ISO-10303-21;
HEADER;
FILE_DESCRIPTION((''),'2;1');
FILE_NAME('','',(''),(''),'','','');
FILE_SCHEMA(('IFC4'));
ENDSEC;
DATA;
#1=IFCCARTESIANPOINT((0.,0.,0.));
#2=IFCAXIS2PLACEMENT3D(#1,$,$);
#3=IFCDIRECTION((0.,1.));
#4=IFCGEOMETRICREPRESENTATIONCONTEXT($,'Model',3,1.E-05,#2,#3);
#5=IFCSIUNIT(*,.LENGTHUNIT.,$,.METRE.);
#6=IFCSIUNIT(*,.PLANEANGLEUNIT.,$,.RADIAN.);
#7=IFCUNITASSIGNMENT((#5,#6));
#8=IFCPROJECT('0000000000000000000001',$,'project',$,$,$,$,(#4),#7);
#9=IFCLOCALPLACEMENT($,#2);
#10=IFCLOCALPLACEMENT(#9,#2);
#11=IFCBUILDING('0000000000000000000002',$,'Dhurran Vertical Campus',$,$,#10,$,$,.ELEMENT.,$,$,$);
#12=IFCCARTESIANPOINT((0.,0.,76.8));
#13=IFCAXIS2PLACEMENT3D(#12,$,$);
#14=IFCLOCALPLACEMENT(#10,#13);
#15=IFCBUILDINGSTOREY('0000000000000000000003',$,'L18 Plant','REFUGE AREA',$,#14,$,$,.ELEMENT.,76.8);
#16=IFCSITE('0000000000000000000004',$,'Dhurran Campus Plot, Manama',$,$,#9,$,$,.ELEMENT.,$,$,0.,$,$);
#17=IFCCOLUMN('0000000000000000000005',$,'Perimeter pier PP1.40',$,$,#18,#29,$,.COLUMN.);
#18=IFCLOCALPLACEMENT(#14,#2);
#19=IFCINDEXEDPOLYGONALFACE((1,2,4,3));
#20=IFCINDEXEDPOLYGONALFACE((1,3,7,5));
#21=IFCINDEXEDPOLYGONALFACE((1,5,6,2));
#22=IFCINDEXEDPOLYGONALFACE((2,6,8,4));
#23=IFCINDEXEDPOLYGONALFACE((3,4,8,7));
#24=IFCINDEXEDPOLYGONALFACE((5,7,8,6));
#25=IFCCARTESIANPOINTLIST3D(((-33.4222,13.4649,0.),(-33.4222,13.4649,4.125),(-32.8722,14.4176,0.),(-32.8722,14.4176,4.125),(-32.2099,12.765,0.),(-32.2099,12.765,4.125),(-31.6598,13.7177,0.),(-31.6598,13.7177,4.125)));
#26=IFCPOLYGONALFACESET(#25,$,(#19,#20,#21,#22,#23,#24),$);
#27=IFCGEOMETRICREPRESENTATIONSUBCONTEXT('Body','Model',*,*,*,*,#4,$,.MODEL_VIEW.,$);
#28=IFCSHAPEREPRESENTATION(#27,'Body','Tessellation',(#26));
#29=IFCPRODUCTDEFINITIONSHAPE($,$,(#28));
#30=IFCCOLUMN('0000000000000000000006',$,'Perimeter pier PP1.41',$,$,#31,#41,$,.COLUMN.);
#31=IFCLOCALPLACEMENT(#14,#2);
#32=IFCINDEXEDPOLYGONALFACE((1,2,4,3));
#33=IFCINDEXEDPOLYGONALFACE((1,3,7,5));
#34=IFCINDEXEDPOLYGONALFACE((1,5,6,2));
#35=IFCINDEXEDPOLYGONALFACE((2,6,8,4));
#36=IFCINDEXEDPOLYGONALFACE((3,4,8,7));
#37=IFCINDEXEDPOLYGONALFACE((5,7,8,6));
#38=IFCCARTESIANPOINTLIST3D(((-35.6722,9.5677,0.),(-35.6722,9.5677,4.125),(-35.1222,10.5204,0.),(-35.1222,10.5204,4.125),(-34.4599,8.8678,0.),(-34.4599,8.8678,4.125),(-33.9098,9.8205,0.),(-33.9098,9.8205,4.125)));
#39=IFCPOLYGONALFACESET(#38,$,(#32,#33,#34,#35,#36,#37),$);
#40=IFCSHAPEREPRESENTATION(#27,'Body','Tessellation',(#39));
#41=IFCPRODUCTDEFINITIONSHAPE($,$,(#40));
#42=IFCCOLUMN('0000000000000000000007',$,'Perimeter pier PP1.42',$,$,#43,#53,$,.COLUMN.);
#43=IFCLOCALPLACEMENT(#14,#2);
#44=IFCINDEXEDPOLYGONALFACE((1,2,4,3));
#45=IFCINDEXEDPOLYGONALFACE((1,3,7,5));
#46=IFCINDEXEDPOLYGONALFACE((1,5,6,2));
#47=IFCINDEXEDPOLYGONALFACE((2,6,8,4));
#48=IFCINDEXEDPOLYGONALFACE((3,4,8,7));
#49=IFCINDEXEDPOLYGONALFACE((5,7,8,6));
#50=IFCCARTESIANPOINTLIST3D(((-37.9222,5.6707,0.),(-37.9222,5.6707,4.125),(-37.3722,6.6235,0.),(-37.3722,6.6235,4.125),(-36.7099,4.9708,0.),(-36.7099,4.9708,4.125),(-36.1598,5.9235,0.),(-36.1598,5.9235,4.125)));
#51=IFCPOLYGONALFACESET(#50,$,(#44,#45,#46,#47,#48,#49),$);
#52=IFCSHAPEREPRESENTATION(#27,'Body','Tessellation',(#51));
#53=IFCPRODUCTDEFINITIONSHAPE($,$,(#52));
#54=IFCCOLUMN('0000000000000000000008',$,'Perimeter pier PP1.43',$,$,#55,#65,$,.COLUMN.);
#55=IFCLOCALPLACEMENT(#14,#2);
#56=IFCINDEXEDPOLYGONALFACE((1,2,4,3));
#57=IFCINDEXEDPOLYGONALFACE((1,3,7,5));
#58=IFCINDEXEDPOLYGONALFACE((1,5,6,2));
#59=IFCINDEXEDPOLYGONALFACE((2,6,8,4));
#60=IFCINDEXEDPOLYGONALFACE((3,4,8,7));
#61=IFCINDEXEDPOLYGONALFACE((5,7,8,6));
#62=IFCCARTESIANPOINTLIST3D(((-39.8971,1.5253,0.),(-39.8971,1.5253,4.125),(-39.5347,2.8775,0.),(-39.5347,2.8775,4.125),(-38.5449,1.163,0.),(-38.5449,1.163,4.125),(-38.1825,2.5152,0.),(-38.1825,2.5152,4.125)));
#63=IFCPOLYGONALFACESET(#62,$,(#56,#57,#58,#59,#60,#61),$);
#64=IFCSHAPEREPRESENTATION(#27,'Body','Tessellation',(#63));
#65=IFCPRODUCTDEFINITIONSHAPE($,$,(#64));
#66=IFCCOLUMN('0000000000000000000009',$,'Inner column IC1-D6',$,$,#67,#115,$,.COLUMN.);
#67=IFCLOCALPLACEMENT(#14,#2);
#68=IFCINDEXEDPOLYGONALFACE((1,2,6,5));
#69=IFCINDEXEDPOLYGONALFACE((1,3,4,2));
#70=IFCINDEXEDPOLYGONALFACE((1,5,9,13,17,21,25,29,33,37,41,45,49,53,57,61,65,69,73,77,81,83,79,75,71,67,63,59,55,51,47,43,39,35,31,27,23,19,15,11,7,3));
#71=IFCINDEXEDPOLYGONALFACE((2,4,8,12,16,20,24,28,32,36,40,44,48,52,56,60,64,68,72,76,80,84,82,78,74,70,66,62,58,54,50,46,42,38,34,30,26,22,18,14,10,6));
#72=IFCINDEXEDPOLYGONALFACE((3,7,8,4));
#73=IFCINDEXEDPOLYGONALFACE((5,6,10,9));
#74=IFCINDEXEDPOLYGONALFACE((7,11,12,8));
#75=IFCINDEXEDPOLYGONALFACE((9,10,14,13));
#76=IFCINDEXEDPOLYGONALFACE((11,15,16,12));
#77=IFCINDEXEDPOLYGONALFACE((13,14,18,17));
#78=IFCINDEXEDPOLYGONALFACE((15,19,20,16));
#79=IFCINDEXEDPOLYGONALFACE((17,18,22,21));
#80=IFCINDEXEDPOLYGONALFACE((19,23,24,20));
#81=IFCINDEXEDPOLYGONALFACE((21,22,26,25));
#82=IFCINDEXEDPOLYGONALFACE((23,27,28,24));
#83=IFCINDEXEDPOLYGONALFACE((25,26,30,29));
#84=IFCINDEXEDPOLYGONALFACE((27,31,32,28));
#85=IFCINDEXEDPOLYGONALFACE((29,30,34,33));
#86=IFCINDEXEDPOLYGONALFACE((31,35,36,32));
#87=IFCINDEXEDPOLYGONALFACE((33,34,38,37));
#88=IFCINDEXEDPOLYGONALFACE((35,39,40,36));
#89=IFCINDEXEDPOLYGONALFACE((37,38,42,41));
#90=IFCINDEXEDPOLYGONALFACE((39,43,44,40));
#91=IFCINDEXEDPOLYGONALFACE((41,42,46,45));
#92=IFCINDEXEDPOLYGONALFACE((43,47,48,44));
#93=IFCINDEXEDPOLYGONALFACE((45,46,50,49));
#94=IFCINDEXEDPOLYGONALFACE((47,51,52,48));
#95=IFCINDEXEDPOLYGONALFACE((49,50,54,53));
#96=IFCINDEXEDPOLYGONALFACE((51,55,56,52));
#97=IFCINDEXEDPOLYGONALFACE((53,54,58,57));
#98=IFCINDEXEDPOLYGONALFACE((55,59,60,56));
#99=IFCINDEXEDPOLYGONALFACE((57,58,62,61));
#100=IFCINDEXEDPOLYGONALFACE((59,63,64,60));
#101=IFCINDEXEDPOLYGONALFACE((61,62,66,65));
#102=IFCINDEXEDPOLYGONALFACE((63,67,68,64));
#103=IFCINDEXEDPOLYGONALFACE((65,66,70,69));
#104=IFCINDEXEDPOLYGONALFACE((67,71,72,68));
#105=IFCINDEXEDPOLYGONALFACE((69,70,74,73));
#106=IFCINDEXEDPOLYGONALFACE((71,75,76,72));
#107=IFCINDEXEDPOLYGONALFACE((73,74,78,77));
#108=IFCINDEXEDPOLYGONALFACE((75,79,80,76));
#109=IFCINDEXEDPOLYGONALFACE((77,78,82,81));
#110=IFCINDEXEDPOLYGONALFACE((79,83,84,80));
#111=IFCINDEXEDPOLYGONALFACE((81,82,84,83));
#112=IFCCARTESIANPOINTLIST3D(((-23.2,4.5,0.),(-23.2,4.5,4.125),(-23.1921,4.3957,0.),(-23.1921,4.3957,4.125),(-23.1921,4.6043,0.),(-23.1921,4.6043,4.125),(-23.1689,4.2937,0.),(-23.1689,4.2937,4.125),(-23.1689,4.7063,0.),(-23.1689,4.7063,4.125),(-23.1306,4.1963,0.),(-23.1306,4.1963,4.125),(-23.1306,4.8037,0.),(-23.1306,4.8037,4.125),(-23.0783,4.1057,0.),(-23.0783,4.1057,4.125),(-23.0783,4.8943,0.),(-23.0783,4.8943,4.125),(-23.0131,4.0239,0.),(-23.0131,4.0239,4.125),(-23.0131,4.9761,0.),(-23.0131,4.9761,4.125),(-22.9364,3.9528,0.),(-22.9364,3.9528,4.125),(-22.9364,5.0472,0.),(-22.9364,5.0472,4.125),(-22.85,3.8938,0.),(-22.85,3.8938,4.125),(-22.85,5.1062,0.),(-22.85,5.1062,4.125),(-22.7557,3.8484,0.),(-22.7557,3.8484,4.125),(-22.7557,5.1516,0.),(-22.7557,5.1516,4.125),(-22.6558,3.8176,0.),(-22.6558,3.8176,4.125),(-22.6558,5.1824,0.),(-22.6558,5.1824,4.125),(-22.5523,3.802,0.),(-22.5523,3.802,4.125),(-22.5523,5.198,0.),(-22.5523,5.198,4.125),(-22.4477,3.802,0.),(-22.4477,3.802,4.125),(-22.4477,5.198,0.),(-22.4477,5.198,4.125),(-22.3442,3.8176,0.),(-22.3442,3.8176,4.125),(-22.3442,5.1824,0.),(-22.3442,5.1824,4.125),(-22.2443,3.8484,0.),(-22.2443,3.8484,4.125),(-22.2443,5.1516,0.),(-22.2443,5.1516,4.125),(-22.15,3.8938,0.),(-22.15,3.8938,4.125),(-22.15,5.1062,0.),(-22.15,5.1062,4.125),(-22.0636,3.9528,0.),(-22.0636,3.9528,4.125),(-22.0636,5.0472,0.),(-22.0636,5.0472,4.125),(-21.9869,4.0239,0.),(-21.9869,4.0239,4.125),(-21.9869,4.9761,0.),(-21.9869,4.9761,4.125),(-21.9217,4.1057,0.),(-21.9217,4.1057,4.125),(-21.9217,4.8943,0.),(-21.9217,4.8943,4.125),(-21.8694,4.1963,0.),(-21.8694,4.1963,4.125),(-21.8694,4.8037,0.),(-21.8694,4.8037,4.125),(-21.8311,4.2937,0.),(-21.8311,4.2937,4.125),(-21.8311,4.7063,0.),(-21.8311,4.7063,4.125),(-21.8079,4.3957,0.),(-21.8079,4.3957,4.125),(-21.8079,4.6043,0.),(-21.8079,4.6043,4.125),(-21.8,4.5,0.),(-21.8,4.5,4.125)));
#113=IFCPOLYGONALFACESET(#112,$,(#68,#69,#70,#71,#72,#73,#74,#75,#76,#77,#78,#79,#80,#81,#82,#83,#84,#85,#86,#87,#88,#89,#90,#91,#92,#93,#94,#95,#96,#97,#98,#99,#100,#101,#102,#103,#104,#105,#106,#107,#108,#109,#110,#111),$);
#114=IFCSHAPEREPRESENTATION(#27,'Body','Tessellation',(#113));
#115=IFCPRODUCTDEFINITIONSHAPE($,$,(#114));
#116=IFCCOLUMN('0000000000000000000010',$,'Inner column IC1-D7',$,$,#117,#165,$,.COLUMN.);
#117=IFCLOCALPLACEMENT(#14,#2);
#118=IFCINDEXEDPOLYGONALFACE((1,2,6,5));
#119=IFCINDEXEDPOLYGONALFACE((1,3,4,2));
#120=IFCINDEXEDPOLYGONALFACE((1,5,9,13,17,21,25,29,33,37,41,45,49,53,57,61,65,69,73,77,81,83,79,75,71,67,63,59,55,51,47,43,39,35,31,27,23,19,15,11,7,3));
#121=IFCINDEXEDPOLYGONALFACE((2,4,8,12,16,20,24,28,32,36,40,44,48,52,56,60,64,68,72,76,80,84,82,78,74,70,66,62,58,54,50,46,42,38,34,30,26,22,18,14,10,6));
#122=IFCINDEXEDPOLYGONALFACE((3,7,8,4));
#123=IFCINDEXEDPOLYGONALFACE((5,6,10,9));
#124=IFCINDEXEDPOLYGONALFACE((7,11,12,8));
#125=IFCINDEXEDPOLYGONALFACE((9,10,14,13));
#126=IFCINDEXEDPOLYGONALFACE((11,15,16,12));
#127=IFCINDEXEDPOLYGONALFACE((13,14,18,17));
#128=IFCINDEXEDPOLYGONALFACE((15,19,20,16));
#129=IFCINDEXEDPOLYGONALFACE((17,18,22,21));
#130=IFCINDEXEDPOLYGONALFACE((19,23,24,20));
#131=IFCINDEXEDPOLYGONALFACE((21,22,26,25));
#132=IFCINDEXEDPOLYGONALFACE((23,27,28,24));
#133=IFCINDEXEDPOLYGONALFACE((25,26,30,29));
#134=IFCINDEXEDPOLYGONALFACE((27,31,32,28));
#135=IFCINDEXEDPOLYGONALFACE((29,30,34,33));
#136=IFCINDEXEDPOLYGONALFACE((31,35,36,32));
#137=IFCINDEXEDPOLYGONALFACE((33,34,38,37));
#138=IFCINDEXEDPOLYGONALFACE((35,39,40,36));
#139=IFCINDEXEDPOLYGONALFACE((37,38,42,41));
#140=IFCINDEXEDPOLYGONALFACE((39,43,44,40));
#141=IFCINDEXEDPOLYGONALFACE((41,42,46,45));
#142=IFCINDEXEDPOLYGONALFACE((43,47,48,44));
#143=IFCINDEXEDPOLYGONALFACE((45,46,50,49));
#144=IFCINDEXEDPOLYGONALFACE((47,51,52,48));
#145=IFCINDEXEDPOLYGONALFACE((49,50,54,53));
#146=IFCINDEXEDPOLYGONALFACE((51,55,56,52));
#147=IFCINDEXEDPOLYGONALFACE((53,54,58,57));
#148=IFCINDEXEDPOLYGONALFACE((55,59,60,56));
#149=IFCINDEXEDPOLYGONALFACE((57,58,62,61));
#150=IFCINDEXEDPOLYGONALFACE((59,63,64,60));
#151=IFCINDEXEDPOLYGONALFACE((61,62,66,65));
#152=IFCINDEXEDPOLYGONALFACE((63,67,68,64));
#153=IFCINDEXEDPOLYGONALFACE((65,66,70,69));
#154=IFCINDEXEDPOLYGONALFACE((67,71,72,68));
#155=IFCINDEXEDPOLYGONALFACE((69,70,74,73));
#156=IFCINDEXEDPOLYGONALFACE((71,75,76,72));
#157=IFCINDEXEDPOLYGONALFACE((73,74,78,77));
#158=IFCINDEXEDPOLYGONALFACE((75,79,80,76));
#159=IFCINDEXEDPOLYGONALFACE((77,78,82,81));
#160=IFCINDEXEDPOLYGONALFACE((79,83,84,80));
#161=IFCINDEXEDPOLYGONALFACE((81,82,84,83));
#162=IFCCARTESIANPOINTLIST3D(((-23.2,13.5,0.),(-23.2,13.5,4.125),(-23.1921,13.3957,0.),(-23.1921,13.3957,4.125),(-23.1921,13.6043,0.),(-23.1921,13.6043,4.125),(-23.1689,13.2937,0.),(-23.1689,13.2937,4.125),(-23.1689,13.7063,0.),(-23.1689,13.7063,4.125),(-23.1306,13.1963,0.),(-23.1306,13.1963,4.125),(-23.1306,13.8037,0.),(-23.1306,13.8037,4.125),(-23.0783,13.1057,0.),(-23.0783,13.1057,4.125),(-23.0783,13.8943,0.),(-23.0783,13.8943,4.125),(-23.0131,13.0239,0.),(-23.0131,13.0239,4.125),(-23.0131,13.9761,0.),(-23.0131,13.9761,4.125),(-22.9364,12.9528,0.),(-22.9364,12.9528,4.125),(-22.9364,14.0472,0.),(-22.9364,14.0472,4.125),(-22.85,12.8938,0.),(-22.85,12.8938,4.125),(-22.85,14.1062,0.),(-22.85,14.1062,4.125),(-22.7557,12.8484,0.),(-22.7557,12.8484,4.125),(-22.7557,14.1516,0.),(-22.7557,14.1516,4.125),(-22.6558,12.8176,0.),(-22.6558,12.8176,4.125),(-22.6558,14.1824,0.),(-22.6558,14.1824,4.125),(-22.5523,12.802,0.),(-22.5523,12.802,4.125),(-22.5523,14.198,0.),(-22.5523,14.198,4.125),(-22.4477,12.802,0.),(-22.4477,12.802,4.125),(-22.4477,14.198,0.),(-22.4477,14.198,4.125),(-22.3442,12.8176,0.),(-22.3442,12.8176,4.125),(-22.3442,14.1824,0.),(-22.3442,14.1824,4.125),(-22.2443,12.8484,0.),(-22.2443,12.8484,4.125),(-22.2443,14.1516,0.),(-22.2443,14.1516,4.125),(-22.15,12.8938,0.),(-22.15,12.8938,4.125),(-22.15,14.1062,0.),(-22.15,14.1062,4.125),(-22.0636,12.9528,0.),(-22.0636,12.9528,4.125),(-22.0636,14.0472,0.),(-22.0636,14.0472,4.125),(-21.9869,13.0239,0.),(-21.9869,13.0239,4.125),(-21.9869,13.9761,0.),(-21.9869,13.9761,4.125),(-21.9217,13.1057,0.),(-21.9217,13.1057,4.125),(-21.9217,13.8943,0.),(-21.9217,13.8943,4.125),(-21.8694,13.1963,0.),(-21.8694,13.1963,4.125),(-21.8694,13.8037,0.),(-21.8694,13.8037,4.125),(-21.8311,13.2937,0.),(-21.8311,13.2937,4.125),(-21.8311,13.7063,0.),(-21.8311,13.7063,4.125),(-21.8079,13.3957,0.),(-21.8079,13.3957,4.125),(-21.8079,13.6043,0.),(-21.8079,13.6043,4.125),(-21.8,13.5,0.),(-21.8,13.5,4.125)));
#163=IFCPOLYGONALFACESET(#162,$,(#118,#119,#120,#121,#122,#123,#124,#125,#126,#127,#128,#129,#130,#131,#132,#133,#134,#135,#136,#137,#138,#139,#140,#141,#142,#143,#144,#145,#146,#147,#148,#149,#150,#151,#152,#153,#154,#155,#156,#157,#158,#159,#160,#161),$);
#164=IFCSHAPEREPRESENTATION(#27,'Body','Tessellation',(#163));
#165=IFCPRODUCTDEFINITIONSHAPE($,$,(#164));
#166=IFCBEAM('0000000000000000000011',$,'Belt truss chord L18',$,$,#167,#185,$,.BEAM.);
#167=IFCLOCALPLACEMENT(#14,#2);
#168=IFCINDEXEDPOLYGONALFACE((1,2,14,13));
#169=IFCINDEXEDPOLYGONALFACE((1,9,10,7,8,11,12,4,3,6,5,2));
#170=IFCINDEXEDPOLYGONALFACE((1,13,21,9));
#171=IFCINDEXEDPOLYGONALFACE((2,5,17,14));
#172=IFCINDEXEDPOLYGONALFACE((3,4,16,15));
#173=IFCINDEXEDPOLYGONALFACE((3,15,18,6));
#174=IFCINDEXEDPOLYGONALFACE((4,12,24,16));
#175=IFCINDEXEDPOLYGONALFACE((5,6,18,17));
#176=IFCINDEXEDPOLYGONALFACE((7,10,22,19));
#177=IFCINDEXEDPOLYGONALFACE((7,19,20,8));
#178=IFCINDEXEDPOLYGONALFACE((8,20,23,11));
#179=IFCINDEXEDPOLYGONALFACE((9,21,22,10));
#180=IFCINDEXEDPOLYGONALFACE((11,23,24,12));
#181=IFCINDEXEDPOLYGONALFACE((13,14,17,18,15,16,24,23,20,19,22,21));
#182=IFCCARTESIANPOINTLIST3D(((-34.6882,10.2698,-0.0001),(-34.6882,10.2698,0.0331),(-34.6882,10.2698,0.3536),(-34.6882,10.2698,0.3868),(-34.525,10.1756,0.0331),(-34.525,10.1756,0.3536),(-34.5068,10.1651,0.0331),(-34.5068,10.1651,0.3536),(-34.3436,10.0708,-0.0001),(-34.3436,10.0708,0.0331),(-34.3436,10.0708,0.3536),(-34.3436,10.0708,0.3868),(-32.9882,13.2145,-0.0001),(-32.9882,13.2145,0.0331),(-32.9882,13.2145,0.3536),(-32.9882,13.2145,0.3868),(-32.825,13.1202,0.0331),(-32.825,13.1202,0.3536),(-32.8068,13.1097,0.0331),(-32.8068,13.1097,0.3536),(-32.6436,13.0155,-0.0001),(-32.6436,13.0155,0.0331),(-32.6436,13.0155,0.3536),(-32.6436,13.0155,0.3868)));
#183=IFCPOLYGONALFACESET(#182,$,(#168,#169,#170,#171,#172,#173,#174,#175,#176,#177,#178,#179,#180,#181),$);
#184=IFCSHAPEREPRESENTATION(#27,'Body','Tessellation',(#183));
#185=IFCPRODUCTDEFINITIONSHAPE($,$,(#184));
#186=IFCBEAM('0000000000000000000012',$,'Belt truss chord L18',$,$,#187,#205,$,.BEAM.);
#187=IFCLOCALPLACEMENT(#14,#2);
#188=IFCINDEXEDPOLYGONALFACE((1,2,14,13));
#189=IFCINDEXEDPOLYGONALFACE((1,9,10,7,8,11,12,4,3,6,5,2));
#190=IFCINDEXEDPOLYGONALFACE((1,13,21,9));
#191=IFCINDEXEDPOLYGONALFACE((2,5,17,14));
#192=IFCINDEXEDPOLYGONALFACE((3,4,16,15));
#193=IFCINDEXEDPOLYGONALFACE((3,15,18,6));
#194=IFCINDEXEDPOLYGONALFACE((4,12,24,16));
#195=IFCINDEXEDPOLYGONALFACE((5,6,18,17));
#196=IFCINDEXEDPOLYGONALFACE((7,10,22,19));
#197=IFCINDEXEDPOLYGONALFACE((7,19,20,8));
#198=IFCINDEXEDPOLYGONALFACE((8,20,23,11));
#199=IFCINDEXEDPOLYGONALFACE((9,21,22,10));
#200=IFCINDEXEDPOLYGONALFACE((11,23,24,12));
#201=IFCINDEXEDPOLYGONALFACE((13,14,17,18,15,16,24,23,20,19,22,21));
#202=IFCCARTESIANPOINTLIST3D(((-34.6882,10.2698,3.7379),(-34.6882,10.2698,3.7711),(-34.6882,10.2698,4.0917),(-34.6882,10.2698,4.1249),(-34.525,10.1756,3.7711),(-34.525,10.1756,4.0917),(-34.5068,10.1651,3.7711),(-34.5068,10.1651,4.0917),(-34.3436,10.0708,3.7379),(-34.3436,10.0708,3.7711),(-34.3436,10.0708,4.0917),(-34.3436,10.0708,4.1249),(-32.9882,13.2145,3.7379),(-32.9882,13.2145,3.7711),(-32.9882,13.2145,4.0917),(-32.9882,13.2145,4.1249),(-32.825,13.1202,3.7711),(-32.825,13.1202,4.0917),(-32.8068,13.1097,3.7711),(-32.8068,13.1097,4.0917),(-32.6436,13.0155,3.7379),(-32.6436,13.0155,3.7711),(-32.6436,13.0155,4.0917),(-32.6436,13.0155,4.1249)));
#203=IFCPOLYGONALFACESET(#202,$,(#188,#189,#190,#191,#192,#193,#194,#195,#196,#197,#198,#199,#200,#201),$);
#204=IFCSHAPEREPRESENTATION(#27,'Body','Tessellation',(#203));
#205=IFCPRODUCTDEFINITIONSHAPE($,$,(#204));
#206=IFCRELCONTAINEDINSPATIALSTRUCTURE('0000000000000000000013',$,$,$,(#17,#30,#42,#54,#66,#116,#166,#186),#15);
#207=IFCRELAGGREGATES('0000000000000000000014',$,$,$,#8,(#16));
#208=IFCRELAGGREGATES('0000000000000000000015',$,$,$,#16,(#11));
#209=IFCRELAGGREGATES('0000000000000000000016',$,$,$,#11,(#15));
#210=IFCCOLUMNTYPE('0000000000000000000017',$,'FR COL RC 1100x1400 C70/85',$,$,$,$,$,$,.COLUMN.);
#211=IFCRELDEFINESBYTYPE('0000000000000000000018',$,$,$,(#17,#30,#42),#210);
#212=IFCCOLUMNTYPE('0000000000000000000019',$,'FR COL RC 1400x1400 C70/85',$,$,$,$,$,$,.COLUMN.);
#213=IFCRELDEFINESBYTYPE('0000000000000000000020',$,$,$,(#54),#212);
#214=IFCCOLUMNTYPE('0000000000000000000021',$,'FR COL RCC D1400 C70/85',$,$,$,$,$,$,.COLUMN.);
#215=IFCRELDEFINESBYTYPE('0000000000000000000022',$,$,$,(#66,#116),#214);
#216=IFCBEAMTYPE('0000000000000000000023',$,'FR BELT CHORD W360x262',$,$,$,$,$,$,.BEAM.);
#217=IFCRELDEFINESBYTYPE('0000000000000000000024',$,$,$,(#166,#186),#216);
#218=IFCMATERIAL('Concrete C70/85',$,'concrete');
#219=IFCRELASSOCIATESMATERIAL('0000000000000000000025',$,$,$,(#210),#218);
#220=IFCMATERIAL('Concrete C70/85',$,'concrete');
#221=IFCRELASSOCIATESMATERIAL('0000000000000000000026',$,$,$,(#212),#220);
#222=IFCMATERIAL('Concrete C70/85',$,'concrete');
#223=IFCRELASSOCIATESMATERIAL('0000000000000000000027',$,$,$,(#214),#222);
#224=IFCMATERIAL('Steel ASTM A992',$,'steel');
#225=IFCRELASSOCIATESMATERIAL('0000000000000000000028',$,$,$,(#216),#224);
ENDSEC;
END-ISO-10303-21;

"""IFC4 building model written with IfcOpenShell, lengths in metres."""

from ifc_helpers import new_model, si_unit, direction, frame, origin, origin_2d, place, context, subcontext, project, spatial, rectangle, circle, i_section, extrude, material, material_profile, profile_set, type_object, element, save


model = new_model("IFC4")

# Units and contexts
model_context = context("Model", 3, precision=1e-05, world=origin(), true_north=direction((0.0, 1.0)))
body_context = subcontext(model_context, "Body", "Model", "MODEL_VIEW")
ifc_project = project(units=[si_unit("LENGTHUNIT", "METRE"), si_unit("PLANEANGLEUNIT", "RADIAN")], contexts=[model_context])

# Site, building, storey
site_placement = place(None, origin())
site = spatial("IfcSite", under=ifc_project, at=site_placement, Name="Dhurran Campus Plot, Manama", CompositionType="ELEMENT", RefElevation=0.0)
building_placement = place(site_placement, origin())
building = spatial("IfcBuilding", under=site, at=building_placement, Name="Dhurran Vertical Campus", CompositionType="ELEMENT")
storey_placement = place(building_placement, frame((0.0, 0.0, 76.8)))
storey = spatial("IfcBuildingStorey", under=building, at=storey_placement, Name="L18 Plant", Description="REFUGE AREA", CompositionType="ELEMENT", Elevation=76.8)

# Columns
ifc_material_1 = material(Name="Concrete C70/85", Category="concrete")
ifc_material_profile_1 = material_profile(ifc_material_1, rectangle(XDim=1.1001, YDim=1.3999, at=origin_2d()), Name="RC 1100x1400")
ifc_profile_set_1 = profile_set([ifc_material_profile_1], Name="Concrete C70/85")
column_type_1 = type_object("IfcColumnType", Name="FR COL RC 1100x1400 C70/85", PredefinedType="COLUMN", material=ifc_profile_set_1)
for number, where, z_axis, x_axis, name in (
    (1, (-32.541, 13.5913, 0.0), (0.0, 0.0, 1.0), (-0.5, -0.866025, 0.0), "Perimeter pier PP1.40"),
    (2, (-34.791, 9.6941, 0.0), (0.0, 0.0, 1.0), (-0.5, -0.866025, 0.0), "Perimeter pier PP1.41"),
    (3, (-37.041, 5.7971, 0.0), (0.0, 0.0, 1.0), (-0.5, -0.866025, 0.0), "Perimeter pier PP1.42"),
):
    element("IfcColumn", number, at=place(storey_placement, frame(where, z_axis=z_axis, x_axis=x_axis)), inside=storey, type_object=column_type_1, Name=name, PredefinedType="COLUMN", context=body_context, shape_type="SweptSolid", body=[
        extrude(rectangle(XDim=1.1001, YDim=1.3999, at=origin_2d()), origin(), (0.0, 0.0, 1.0), 4.125),
    ])
ifc_material_2 = material(Name="Concrete C70/85", Category="concrete")
ifc_material_profile_2 = material_profile(ifc_material_2, rectangle(XDim=1.3999, YDim=1.3999, at=origin_2d()), Name="RC 1400x1400")
ifc_profile_set_2 = profile_set([ifc_material_profile_2], Name="Concrete C70/85")
column_type_2 = type_object("IfcColumnType", Name="FR COL RC 1400x1400 C70/85", PredefinedType="COLUMN", material=ifc_profile_set_2)
column_placement = place(storey_placement, frame((-39.0398, 2.0203, 0.0), z_axis=(0.0, 0.0, 1.0), x_axis=(-0.258819, -0.965926, 0.0)))
element("IfcColumn", 4, at=column_placement, inside=storey, type_object=column_type_2, Name="Perimeter pier PP1.43", PredefinedType="COLUMN", context=body_context, shape_type="SweptSolid", body=[
    extrude(rectangle(XDim=1.3999, YDim=1.3999, at=origin_2d()), origin(), (0.0, 0.0, 1.0), 4.125),
])
ifc_material_3 = material(Name="Concrete C70/85", Category="concrete")
ifc_material_profile_3 = material_profile(ifc_material_3, circle(Radius=0.7, at=origin_2d()), Name="RCC D1400")
ifc_profile_set_3 = profile_set([ifc_material_profile_3], Name="Concrete C70/85")
column_type_3 = type_object("IfcColumnType", Name="FR COL RCC D1400 C70/85", PredefinedType="COLUMN", material=ifc_profile_set_3)
for number, where, z_axis, x_axis, name in (
    (5, (-22.5, 4.5, 0.0), (0.0, 0.0, 1.0), (1.0, 0.0, 0.0), "Inner column IC1-D6"),
    (6, (-22.5, 13.5, 0.0), (0.0, 0.0, 1.0), (1.0, 0.0, 0.0), "Inner column IC1-D7"),
):
    element("IfcColumn", number, at=place(storey_placement, frame(where, z_axis=z_axis, x_axis=x_axis)), inside=storey, type_object=column_type_3, Name=name, PredefinedType="COLUMN", context=body_context, shape_type="SweptSolid", body=[
        extrude(circle(Radius=0.7, at=origin_2d()), origin(), (0.0, 0.0, 1.0), 4.125),
    ])

# Beams
ifc_material_4 = material(Name="Steel ASTM A992", Category="steel")
ifc_material_profile_4 = material_profile(ifc_material_4, i_section(OverallWidth=0.3979, OverallDepth=0.387, WebThickness=0.021, FlangeThickness=0.0332, at=origin_2d()), Name="W360x262")
ifc_profile_set_4 = profile_set([ifc_material_profile_4], Name="Steel ASTM A992")
beam_type = type_object("IfcBeamType", Name="FR BELT CHORD W360x262", PredefinedType="BEAM", material=ifc_profile_set_4)
for number, where, z_axis, x_axis, name in (
    (7, (-32.8159, 13.115, 0.1934), (-0.499977, -0.866039, 0.0), (0.866039, -0.499977, 0.0), "Belt truss chord L18"),
    (8, (-32.8159, 13.115, 3.9314), (-0.499977, -0.866039, 0.0), (0.866039, -0.499977, 0.0), "Belt truss chord L18"),
):
    element("IfcBeam", number, at=place(storey_placement, frame(where, z_axis=z_axis, x_axis=x_axis)), inside=storey, type_object=beam_type, Name=name, PredefinedType="BEAM", context=body_context, shape_type="SweptSolid", body=[
        extrude(i_section(OverallWidth=0.3979, OverallDepth=0.387, WebThickness=0.021, FlangeThickness=0.0332, at=origin_2d()), origin(), (0.0, 0.0, 1.0), 3.4001),
    ])

save(model, "model.ifc")
